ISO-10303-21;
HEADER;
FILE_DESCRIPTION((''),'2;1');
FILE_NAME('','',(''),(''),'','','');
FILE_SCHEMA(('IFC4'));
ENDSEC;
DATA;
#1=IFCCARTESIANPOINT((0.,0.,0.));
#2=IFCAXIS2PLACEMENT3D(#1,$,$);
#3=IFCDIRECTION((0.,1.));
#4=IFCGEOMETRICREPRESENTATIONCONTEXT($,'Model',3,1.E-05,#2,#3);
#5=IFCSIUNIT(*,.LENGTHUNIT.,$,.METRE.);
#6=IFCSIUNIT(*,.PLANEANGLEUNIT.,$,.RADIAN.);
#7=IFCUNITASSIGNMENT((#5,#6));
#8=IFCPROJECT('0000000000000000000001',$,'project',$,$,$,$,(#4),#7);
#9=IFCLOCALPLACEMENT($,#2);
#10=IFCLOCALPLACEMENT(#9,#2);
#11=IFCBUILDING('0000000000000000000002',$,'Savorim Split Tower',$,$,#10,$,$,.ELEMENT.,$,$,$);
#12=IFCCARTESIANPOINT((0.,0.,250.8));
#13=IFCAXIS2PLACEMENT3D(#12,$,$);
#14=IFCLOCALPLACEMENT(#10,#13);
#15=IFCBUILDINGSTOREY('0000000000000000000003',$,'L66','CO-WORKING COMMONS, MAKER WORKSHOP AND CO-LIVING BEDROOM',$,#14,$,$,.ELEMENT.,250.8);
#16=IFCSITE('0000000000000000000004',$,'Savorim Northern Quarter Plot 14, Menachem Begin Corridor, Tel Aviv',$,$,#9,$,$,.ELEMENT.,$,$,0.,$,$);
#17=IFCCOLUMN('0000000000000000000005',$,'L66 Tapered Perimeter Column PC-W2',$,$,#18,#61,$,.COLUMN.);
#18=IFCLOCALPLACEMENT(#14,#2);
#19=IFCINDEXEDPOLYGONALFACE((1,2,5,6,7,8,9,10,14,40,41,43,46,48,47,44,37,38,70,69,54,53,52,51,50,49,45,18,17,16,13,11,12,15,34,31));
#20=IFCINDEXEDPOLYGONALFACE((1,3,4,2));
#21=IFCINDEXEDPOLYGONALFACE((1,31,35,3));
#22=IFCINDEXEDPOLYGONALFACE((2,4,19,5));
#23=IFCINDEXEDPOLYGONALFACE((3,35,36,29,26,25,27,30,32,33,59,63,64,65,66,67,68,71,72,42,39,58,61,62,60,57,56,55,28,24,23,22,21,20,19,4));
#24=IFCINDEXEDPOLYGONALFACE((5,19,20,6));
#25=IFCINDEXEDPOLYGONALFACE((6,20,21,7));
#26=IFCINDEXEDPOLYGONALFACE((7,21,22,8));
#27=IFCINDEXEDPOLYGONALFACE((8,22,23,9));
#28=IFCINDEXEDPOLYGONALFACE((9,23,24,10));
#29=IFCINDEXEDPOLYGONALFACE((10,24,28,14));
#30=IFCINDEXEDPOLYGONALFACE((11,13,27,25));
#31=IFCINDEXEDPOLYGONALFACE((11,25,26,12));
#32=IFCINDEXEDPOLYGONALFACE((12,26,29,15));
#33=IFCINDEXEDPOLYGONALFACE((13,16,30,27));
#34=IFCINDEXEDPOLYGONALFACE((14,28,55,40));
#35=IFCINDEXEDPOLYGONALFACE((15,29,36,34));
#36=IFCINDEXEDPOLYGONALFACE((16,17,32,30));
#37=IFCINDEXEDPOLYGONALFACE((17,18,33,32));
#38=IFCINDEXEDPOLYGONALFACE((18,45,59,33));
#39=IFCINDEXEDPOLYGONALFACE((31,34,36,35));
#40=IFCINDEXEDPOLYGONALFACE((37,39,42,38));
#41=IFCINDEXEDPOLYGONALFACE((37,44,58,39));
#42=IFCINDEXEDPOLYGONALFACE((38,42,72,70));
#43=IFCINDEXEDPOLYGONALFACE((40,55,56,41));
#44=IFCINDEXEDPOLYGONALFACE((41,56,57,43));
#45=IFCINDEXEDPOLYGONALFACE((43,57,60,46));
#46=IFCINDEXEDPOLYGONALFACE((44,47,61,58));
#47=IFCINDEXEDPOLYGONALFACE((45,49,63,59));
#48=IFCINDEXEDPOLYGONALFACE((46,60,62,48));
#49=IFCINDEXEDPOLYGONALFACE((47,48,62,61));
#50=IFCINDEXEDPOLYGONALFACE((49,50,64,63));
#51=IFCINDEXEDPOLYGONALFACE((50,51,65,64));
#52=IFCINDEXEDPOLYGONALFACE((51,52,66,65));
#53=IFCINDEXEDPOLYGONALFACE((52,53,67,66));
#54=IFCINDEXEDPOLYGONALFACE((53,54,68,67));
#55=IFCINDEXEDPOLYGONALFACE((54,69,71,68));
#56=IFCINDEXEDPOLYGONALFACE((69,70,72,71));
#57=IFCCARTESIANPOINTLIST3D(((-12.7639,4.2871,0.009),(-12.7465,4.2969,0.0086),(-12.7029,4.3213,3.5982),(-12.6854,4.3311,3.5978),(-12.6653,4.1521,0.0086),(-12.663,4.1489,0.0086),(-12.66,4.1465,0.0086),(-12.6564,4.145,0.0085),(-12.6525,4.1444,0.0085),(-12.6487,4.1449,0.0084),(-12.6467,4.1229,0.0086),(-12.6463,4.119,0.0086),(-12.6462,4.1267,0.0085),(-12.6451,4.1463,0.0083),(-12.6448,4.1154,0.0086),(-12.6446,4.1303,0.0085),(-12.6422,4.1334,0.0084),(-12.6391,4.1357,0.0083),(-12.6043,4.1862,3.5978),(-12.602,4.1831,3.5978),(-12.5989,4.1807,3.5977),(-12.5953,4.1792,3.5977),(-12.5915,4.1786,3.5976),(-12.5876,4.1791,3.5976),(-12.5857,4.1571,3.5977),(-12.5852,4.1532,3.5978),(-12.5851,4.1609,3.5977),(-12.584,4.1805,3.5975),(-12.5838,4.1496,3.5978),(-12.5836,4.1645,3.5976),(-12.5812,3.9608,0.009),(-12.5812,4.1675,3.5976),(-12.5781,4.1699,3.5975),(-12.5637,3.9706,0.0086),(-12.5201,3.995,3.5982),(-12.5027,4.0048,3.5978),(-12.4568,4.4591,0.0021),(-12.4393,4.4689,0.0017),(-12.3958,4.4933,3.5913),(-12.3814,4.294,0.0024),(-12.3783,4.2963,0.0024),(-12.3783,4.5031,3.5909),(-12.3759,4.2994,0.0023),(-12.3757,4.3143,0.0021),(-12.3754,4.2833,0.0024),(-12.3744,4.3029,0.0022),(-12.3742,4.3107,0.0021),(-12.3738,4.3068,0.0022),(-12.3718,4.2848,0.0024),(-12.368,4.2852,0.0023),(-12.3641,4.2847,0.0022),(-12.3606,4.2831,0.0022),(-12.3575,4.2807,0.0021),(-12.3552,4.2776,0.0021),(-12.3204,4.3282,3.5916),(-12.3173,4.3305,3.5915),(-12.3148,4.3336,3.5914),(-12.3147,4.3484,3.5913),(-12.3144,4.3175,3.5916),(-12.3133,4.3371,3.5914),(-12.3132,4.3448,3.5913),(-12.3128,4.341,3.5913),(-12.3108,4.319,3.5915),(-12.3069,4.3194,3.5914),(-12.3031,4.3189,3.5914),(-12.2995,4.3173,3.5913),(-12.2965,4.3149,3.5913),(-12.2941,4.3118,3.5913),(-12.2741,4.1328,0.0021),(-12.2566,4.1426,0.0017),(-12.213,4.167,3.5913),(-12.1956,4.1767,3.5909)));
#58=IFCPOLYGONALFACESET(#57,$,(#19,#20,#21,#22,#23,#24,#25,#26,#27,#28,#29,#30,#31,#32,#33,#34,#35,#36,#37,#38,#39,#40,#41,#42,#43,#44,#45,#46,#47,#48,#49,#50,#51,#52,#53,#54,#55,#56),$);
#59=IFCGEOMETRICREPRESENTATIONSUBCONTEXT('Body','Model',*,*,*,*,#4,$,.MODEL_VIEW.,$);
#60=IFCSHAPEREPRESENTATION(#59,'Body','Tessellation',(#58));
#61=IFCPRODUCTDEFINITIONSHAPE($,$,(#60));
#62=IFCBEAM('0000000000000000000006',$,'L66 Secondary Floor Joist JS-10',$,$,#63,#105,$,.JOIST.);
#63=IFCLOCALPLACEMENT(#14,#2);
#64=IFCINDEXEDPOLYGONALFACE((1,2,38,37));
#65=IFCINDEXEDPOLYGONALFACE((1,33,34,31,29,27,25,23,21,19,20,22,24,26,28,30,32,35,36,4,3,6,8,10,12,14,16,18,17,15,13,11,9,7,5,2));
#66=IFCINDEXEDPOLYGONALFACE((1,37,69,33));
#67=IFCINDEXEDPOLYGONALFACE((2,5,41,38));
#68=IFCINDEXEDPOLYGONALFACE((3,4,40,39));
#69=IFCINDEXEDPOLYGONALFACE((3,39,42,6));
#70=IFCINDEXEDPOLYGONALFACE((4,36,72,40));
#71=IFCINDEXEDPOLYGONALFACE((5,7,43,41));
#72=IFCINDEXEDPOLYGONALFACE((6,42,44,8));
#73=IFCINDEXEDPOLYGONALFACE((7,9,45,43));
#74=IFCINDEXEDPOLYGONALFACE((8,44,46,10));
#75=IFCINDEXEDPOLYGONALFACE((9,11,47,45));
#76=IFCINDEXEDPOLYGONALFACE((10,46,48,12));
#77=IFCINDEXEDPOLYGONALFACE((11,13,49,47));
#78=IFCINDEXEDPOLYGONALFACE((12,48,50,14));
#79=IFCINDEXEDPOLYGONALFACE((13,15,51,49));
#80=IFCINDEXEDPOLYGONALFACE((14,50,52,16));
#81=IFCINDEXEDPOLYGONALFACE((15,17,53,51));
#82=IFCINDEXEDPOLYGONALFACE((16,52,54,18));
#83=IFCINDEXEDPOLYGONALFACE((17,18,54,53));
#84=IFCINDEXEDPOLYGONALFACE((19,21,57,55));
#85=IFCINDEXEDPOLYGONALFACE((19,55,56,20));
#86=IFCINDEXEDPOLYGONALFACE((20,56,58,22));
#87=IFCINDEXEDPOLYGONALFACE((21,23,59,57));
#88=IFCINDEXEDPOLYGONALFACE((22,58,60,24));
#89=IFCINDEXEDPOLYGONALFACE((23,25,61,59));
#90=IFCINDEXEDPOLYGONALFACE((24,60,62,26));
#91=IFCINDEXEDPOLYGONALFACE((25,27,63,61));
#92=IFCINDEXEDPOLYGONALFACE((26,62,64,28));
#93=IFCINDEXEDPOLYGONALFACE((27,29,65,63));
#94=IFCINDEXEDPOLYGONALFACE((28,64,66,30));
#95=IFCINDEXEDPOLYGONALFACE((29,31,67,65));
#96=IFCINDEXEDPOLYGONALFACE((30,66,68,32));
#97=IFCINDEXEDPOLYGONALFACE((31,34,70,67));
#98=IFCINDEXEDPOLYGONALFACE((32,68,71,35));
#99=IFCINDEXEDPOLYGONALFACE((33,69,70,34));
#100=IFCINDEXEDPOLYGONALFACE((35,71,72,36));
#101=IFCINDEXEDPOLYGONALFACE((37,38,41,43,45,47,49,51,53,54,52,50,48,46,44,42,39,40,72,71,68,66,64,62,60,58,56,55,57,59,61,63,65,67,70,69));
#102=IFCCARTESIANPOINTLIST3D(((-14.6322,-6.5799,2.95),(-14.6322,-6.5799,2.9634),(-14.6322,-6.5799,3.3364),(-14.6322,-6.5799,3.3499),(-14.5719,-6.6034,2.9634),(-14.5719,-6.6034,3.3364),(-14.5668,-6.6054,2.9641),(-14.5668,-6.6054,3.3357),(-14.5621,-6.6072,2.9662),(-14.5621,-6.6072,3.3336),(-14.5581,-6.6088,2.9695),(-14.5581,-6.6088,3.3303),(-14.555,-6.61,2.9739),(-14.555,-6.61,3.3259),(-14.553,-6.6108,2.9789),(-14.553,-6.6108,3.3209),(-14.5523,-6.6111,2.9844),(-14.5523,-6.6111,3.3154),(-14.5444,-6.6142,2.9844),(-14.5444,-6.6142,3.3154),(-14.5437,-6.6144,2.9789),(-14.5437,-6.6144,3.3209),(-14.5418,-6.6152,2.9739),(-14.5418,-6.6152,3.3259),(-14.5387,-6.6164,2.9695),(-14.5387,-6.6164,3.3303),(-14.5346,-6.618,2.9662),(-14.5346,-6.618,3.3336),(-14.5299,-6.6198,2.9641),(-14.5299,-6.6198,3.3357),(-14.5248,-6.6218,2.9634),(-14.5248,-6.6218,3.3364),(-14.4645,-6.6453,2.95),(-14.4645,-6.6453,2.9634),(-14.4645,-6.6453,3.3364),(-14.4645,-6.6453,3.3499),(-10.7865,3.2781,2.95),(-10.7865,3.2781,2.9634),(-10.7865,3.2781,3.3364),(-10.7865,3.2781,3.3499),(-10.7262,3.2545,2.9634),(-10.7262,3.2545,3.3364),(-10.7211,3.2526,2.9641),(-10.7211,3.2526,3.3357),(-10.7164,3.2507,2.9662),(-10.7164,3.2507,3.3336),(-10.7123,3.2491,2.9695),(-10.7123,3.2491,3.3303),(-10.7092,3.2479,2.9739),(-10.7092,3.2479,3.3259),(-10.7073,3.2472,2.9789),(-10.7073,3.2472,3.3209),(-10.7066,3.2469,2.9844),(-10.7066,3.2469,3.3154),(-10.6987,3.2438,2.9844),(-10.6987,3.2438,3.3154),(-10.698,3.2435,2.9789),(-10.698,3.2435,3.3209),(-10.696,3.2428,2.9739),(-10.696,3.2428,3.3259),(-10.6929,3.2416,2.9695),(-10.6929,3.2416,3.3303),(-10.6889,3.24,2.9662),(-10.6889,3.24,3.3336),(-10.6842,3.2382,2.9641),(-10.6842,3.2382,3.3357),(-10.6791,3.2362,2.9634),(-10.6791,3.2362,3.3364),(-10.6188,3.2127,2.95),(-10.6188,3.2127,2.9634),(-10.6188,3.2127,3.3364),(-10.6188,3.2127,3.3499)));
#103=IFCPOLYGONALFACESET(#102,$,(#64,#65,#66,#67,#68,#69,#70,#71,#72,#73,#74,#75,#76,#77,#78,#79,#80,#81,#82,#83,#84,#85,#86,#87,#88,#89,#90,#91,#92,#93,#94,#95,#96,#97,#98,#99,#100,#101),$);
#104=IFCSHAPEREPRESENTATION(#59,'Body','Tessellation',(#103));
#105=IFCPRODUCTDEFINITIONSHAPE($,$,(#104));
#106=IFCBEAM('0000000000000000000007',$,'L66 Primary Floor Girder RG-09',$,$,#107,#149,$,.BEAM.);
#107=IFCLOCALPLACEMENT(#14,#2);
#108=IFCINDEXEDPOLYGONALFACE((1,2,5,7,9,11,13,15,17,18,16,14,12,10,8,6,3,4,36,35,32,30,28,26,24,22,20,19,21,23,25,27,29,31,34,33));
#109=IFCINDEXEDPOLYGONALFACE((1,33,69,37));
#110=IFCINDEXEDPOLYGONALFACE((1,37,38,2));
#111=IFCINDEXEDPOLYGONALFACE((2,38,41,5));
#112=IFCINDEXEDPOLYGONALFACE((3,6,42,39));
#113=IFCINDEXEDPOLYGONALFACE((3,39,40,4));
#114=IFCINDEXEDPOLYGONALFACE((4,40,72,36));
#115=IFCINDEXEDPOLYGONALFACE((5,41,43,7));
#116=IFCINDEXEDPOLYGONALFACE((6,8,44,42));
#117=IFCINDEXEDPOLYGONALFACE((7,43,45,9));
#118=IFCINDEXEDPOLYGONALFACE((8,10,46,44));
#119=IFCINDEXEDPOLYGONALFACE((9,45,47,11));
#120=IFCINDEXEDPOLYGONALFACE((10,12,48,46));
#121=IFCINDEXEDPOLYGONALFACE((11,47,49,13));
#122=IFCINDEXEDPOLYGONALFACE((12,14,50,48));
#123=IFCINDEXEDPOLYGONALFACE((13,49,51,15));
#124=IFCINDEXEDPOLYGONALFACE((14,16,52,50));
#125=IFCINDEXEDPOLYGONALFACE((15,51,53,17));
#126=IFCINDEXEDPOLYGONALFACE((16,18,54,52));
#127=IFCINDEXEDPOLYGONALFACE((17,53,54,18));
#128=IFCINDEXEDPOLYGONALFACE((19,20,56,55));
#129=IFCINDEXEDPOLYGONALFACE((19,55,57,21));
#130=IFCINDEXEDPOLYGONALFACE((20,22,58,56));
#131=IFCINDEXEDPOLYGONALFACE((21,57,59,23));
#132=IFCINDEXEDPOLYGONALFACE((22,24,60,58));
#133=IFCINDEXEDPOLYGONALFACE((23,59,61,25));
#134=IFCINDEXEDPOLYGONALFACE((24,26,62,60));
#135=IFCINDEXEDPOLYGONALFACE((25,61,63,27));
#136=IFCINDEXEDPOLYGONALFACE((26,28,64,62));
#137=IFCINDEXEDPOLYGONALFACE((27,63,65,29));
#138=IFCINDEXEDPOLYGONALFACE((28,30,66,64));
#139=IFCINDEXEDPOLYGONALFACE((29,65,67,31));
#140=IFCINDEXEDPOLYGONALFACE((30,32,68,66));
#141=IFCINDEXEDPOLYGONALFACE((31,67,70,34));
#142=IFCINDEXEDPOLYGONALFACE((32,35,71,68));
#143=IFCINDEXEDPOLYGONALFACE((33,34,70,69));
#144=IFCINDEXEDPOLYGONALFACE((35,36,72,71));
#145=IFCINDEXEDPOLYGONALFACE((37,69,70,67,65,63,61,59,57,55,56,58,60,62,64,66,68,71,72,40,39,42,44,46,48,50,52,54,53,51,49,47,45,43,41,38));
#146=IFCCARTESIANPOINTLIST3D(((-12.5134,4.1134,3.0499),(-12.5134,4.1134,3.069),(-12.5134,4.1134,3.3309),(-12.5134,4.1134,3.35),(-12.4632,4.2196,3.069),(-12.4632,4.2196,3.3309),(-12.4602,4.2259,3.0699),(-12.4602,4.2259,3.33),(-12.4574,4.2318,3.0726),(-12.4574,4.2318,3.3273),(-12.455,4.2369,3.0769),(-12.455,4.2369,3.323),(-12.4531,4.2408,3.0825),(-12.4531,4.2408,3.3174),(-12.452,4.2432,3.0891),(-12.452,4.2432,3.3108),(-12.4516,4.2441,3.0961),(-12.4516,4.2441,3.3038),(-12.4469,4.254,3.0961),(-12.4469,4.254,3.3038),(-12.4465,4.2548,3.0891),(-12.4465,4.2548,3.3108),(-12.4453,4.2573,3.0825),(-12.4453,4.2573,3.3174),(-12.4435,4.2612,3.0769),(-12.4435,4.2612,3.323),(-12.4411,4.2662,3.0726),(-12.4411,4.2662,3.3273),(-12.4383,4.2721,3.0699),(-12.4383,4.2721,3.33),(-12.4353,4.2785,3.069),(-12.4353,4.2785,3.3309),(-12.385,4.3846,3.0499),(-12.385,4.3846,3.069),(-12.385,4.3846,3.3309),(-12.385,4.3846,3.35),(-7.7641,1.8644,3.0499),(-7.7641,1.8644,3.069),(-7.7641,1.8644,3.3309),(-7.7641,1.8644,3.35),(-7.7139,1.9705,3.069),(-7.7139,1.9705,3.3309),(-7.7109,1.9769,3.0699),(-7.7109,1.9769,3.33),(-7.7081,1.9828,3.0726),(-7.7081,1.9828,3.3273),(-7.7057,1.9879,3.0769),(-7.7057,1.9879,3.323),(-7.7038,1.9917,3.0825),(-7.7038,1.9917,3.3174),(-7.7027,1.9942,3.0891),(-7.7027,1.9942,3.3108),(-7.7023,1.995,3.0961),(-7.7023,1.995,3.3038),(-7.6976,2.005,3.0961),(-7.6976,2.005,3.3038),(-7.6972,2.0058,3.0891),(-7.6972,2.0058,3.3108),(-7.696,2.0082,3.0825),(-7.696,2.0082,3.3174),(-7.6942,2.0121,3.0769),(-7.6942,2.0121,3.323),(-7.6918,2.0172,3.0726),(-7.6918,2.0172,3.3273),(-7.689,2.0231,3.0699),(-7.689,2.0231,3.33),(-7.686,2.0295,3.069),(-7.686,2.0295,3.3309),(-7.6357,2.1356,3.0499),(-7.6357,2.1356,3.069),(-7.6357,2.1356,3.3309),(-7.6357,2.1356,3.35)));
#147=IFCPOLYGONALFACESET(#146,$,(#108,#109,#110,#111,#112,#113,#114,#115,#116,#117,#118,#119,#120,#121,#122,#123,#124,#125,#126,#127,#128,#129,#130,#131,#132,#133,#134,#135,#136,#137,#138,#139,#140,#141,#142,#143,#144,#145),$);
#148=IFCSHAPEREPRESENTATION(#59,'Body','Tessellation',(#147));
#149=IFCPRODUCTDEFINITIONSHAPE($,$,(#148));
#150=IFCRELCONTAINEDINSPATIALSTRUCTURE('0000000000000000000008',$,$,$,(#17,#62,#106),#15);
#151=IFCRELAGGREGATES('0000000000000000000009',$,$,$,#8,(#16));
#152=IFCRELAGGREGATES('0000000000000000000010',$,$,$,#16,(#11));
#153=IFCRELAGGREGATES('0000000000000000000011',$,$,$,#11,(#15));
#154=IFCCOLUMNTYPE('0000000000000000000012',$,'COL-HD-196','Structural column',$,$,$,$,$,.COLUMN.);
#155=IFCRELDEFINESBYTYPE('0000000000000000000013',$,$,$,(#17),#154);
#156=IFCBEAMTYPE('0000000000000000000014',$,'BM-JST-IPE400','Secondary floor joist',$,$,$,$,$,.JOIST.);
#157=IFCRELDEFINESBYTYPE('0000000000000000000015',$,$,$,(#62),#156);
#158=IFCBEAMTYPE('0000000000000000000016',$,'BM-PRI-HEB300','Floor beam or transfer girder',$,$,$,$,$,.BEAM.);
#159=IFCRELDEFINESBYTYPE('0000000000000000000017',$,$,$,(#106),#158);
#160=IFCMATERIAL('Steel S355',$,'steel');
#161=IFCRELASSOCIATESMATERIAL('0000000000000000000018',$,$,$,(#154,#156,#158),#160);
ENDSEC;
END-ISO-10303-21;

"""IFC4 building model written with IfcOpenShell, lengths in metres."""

from ifc_helpers import new_model, si_unit, direction, frame, origin, origin_2d, place, context, subcontext, project, spatial, i_section, extrude, material, material_profile, profile_set, type_object, element, save


model = new_model("IFC4")

# Units and contexts
model_context = context("Model", 3, precision=1e-05, world=origin(), true_north=direction((0.0, 1.0)))
body_context = subcontext(model_context, "Body", "Model", "MODEL_VIEW")
ifc_project = project(units=[si_unit("LENGTHUNIT", "METRE"), si_unit("PLANEANGLEUNIT", "RADIAN")], contexts=[model_context])

# Site, building, storey
site_placement = place(None, origin())
site = spatial("IfcSite", under=ifc_project, at=site_placement, Name="Savorim Northern Quarter Plot 14, Menachem Begin Corridor, Tel Aviv", CompositionType="ELEMENT", RefElevation=0.0)
building_placement = place(site_placement, origin())
building = spatial("IfcBuilding", under=site, at=building_placement, Name="Savorim Split Tower", CompositionType="ELEMENT")
storey_placement = place(building_placement, frame((0.0, 0.0, 250.8)))
storey = spatial("IfcBuildingStorey", under=building, at=storey_placement, Name="L66", Description="CO-WORKING COMMONS, MAKER WORKSHOP AND CO-LIVING BEDROOM", CompositionType="ELEMENT", Elevation=250.8)

# Column
ifc_material_1 = material(Name="Steel S355", Category="steel")
ifc_material_profile_1 = material_profile(ifc_material_1, i_section(OverallWidth=0.374, OverallDepth=0.3721, WebThickness=0.0122, FlangeThickness=0.02, FilletRadius=0.0149, at=origin_2d()), Name="HD 360x196")
ifc_profile_set_1 = profile_set([ifc_material_profile_1], Name="Steel S355")
column_type = type_object("IfcColumnType", Name="COL-HD-196", Description="Structural column", PredefinedType="COLUMN", material=ifc_profile_set_1)
column_placement = place(storey_placement, frame((-12.5103, 4.2148, 0.0054), z_axis=(0.017002, 0.009521, 0.99981), x_axis=(-0.488603, 0.872506, 0.0)))
element("IfcColumn", 1, at=column_placement, inside=storey, type_object=column_type, Name="L66 Tapered Perimeter Column PC-W2", PredefinedType="COLUMN", context=body_context, shape_type="SweptSolid", body=[
    extrude(i_section(OverallWidth=0.374, OverallDepth=0.3721, WebThickness=0.0122, FlangeThickness=0.02, FilletRadius=0.0149, at=origin_2d()), origin(), (0.0, 0.0, 1.0), 3.5898),
])

# Beams
ifc_material_profile_2 = material_profile(ifc_material_1, i_section(OverallWidth=0.1799, OverallDepth=0.3999, WebThickness=0.0085, FlangeThickness=0.0134, FilletRadius=0.021, at=origin_2d()), Name="IPE 400")
ifc_profile_set_2 = profile_set([ifc_material_profile_2], Name="Steel S355")
beam_type_1 = type_object("IfcBeamType", Name="BM-JST-IPE400", Description="Secondary floor joist", PredefinedType="JOIST", material=ifc_profile_set_2)
beam_1_placement = place(storey_placement, frame((-10.7026, 3.2454, 3.1499), z_axis=(-0.363437, -0.931619, 0.0), x_axis=(0.931619, -0.363437, 0.0)))
element("IfcBeam", 2, at=beam_1_placement, inside=storey, type_object=beam_type_1, Name="L66 Secondary Floor Joist JS-10", PredefinedType="JOIST", context=body_context, shape_type="SweptSolid", body=[
    extrude(i_section(OverallWidth=0.1799, OverallDepth=0.3999, WebThickness=0.0085, FlangeThickness=0.0134, FilletRadius=0.021, at=origin_2d()), origin(), (0.0, 0.0, 1.0), 10.5815),
])
ifc_material_profile_3 = material_profile(ifc_material_1, i_section(OverallWidth=0.3, OverallDepth=0.3, WebThickness=0.011, FlangeThickness=0.019, FilletRadius=0.0271, at=origin_2d()), Name="HEB 300")
ifc_profile_set_3 = profile_set([ifc_material_profile_3], Name="Steel S355")
beam_type_2 = type_object("IfcBeamType", Name="BM-PRI-HEB300", Description="Floor beam or transfer girder", PredefinedType="BEAM", material=ifc_profile_set_3)
beam_2_placement = place(storey_placement, frame((-12.4492, 4.249, 3.2), z_axis=(0.903784, -0.427988, 0.0), x_axis=(0.427988, 0.903784, 0.0)))
element("IfcBeam", 3, at=beam_2_placement, inside=storey, type_object=beam_type_2, Name="L66 Primary Floor Girder RG-09", PredefinedType="BEAM", context=body_context, shape_type="SweptSolid", body=[
    extrude(i_section(OverallWidth=0.3, OverallDepth=0.3, WebThickness=0.011, FlangeThickness=0.019, FilletRadius=0.0271, at=origin_2d()), origin(), (0.0, 0.0, 1.0), 5.2549),
])

save(model, "model.ifc")
